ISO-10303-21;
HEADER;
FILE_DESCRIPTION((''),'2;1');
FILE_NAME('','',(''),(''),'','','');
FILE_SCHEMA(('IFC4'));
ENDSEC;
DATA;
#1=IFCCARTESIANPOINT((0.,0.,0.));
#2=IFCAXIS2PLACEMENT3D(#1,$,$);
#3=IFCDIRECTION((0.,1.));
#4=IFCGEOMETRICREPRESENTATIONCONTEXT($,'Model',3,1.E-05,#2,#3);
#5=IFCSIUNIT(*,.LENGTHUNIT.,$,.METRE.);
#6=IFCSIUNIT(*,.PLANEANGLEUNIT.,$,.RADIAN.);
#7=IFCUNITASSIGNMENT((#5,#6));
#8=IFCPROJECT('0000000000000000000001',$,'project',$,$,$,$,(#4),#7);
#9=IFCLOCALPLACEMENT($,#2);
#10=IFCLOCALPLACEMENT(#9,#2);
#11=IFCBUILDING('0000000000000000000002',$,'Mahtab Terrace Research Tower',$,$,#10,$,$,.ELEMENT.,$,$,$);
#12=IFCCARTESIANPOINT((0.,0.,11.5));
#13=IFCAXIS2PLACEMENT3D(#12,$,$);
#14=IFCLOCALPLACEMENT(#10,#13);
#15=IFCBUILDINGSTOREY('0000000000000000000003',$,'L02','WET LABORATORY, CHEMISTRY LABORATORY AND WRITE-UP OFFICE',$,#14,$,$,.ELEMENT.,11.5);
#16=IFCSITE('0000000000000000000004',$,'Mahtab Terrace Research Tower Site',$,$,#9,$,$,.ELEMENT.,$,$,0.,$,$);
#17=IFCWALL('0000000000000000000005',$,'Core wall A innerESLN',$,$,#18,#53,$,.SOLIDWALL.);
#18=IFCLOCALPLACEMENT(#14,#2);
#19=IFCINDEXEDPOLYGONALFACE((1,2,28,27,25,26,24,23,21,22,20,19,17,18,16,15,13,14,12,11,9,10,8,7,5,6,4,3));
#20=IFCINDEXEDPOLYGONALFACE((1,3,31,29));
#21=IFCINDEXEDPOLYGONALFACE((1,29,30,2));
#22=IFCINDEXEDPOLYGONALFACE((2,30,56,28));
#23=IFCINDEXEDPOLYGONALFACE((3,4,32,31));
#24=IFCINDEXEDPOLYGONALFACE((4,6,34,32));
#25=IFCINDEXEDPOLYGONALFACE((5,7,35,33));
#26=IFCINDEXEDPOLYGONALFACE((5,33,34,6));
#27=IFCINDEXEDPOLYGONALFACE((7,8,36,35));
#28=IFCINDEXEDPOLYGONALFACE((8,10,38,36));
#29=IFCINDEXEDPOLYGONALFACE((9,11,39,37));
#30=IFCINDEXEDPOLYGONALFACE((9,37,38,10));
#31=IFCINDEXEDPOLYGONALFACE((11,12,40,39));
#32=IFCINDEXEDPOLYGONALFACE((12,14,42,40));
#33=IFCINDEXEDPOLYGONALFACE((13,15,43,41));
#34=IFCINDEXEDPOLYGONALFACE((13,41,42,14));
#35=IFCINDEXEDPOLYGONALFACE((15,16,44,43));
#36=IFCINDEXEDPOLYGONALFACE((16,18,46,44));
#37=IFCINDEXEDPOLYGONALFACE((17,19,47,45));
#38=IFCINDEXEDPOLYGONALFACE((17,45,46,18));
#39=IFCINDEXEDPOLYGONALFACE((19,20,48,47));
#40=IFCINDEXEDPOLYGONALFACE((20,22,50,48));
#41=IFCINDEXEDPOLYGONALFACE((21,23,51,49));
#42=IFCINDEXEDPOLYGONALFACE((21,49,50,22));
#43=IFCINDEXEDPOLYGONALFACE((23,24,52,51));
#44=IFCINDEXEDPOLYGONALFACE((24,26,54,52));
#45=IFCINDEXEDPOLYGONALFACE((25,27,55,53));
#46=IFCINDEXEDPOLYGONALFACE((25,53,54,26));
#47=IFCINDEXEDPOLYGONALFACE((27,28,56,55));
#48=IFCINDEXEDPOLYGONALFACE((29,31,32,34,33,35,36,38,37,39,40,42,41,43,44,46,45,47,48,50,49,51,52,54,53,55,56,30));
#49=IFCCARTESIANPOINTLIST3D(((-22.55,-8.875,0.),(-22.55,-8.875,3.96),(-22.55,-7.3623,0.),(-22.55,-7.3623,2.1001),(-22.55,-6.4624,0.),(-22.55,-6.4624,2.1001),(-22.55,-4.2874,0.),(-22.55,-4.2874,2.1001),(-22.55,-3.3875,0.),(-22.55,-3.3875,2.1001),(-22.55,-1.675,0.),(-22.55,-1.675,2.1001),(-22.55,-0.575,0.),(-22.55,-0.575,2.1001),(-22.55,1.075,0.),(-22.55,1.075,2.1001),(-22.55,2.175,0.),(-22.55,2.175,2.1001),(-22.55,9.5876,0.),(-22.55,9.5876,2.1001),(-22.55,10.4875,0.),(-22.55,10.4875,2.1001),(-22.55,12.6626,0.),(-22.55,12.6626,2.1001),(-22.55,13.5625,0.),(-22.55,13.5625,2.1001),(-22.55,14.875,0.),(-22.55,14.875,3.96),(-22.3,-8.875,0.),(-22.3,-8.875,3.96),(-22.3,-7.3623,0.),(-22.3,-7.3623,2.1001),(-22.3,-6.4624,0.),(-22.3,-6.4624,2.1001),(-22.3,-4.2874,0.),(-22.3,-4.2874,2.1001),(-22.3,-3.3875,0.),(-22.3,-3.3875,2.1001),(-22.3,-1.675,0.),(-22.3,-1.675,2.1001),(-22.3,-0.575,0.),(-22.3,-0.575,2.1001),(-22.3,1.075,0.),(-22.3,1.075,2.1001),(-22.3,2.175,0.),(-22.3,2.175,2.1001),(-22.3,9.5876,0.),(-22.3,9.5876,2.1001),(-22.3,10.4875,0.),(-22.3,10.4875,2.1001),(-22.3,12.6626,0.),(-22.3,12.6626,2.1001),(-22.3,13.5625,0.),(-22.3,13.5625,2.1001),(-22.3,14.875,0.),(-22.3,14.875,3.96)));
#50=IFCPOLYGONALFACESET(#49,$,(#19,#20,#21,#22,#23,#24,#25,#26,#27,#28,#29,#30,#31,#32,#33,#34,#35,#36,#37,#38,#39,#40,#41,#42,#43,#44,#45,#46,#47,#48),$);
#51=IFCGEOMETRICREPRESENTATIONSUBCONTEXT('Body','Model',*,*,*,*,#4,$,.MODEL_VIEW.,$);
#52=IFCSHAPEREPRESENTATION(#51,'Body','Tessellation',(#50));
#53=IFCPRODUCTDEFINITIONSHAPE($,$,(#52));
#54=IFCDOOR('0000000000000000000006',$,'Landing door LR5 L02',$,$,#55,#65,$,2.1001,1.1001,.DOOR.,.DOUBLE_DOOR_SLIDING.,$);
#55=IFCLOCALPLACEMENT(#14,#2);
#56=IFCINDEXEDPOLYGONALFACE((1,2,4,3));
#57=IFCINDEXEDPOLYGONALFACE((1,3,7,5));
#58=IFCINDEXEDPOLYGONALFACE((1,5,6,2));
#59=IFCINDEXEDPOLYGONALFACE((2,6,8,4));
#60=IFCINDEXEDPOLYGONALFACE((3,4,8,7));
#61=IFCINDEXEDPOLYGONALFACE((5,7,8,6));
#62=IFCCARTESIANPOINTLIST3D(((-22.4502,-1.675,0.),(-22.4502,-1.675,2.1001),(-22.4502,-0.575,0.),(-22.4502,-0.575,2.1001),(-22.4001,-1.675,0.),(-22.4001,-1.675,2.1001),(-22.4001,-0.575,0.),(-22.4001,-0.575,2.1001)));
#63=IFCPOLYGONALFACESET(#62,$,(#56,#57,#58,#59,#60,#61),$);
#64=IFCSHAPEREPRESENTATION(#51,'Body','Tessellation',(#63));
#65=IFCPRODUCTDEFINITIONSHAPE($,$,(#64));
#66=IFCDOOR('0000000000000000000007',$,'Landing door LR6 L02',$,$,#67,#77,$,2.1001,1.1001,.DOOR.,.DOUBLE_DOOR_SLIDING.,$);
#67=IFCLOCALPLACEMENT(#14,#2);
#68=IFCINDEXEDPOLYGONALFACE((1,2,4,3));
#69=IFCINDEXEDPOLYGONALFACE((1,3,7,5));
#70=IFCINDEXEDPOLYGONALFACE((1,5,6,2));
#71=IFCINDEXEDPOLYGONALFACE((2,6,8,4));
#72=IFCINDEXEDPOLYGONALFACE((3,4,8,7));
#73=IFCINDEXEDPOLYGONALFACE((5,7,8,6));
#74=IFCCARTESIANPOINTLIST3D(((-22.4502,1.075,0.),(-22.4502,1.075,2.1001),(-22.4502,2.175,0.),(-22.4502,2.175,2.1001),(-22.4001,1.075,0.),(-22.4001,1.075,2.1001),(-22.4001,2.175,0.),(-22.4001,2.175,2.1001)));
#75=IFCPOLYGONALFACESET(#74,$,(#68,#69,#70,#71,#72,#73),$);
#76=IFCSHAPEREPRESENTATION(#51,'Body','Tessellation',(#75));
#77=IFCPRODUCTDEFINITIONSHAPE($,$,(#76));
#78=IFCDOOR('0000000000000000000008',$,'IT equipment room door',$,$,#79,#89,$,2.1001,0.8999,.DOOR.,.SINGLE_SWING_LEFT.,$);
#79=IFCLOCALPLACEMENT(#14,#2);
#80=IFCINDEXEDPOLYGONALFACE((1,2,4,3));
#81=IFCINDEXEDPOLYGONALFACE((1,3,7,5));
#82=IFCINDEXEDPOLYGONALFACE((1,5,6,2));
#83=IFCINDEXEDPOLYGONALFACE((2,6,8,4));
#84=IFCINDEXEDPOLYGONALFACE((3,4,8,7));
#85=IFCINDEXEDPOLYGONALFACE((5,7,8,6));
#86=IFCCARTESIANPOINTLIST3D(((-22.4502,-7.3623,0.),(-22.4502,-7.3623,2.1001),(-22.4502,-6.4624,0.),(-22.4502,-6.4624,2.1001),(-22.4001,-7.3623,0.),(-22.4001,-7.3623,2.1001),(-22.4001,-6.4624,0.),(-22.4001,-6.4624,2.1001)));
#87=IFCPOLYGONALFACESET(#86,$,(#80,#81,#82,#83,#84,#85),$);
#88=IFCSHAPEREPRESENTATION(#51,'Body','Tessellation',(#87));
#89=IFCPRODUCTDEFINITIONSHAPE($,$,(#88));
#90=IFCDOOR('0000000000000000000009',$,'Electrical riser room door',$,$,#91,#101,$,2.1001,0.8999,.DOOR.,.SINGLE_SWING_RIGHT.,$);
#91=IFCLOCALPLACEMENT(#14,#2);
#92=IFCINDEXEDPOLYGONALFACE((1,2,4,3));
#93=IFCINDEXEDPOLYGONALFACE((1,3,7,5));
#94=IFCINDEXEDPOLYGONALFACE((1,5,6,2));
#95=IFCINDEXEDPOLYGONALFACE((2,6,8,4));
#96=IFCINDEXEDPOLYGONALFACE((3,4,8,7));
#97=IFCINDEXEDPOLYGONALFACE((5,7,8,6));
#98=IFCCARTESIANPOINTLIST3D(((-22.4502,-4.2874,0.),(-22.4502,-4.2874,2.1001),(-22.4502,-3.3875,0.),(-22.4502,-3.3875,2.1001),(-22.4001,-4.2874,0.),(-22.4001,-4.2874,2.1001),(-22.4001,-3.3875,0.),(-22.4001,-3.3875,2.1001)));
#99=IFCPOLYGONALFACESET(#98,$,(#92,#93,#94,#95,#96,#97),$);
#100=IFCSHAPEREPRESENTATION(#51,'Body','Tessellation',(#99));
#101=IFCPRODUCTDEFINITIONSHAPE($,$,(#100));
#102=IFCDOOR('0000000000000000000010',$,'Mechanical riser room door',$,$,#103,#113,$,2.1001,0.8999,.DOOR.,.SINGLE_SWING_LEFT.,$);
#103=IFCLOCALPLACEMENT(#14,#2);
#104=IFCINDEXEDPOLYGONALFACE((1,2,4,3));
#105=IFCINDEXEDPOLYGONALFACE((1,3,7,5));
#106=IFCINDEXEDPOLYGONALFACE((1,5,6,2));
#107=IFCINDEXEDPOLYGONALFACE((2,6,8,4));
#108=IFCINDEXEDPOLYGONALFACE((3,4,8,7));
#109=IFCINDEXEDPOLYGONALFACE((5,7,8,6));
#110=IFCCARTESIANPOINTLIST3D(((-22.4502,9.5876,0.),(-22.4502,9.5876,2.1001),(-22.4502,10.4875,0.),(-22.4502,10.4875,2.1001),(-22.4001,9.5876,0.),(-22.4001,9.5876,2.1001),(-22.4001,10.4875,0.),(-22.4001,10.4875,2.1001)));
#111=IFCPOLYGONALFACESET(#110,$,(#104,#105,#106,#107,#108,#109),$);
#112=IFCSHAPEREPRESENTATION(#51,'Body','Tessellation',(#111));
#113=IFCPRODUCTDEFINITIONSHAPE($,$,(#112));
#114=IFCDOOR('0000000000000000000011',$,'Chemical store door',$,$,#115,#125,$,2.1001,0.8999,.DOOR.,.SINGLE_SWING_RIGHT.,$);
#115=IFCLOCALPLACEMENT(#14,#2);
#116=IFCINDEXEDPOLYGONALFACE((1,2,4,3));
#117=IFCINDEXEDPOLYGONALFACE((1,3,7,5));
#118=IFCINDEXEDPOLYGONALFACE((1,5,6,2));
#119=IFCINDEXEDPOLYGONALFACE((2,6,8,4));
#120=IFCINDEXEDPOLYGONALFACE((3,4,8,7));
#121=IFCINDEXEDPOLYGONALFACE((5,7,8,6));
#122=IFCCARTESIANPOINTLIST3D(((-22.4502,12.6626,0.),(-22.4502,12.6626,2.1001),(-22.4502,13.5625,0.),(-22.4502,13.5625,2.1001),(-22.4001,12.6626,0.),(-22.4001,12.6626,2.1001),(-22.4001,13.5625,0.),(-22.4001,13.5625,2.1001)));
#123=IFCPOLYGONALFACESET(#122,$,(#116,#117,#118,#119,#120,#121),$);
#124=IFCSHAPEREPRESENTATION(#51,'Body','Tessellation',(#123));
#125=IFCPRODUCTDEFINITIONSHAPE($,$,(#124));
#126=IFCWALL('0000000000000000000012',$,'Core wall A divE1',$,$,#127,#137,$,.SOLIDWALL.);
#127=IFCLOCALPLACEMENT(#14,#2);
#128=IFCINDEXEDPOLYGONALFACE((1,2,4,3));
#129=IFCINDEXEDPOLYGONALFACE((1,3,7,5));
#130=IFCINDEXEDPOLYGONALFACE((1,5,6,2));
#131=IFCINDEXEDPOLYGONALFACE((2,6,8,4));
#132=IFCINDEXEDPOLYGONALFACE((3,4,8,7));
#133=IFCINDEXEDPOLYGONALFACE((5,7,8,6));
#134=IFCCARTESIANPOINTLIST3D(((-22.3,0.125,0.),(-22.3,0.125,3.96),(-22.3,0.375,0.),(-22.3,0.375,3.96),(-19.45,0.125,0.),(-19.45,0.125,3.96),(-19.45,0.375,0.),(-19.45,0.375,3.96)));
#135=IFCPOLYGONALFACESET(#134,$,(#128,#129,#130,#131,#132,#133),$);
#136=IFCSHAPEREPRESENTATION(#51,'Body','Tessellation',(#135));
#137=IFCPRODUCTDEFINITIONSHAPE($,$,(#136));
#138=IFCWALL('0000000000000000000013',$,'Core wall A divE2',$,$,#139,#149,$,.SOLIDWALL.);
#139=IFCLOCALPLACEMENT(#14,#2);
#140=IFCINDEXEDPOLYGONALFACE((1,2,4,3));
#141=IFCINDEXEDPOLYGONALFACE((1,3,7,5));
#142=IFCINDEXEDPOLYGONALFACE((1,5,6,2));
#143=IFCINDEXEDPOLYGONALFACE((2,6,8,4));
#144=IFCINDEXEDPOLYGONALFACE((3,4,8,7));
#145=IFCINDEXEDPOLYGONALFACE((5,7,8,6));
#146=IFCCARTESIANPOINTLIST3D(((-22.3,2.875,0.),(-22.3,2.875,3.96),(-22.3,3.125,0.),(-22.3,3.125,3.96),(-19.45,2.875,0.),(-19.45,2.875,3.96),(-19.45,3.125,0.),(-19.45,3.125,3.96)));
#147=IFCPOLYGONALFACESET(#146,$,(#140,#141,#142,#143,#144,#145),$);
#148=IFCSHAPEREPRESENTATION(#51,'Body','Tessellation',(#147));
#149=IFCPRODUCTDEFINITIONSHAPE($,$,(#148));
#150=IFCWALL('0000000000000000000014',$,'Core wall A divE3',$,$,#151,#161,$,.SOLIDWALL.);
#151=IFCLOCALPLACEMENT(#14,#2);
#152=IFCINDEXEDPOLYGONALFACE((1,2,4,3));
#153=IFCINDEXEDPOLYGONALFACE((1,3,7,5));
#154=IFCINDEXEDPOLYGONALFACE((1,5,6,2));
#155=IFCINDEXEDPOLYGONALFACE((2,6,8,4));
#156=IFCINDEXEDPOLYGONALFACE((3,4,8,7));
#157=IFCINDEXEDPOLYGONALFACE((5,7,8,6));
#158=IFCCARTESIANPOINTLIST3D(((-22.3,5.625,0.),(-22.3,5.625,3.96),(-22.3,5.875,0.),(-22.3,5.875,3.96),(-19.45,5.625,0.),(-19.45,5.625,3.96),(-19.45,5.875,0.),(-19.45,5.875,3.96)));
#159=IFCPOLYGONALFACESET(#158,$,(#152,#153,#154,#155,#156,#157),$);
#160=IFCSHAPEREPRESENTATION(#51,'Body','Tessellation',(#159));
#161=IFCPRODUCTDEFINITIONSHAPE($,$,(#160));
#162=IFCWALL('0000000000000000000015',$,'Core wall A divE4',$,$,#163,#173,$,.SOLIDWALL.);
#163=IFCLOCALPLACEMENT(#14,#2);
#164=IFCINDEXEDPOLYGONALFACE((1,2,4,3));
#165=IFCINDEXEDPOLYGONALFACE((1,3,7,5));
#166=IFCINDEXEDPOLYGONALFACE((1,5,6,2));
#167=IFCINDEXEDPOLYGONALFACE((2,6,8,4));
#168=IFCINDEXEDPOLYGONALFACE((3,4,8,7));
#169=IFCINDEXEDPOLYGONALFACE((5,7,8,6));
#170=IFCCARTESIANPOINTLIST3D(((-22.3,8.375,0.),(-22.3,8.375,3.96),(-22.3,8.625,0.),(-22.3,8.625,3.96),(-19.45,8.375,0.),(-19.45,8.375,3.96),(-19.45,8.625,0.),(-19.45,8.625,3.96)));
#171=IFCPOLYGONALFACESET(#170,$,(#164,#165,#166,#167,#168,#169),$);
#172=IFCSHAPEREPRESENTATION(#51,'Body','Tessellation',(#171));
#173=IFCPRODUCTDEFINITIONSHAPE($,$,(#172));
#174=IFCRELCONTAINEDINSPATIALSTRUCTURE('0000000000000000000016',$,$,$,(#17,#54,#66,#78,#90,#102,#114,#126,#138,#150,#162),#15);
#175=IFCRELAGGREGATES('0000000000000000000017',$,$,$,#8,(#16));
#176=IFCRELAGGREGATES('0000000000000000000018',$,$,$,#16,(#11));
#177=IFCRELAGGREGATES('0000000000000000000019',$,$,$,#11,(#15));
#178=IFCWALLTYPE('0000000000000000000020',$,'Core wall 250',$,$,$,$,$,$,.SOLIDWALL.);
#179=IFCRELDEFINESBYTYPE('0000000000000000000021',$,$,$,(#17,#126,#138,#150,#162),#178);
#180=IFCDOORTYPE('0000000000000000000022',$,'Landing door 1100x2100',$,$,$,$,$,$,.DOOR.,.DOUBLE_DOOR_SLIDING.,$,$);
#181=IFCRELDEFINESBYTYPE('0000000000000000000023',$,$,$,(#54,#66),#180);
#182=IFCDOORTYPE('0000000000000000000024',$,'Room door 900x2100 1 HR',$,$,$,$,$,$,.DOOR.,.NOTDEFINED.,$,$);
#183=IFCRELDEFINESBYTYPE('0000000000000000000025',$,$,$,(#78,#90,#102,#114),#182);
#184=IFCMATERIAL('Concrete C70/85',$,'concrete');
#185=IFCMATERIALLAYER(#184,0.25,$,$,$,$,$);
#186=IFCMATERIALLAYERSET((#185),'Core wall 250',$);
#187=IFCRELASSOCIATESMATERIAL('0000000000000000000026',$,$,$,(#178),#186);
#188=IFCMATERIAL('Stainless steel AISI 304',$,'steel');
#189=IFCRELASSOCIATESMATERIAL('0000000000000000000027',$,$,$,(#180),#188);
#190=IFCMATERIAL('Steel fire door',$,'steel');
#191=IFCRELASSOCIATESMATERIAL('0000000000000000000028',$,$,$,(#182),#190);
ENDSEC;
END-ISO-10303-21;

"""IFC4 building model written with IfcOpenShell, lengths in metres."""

from ifc_helpers import new_model, si_unit, direction, frame, frame_2d, origin, place, context, subcontext, project, spatial, rectangle, extrude, material, layer, layer_set, type_object, element, fill, save


model = new_model("IFC4")

# Units and contexts
model_context = context("Model", 3, precision=1e-05, world=origin(), true_north=direction((0.0, 1.0)))
body_context = subcontext(model_context, "Body", "Model", "MODEL_VIEW")
ifc_project = project(units=[si_unit("LENGTHUNIT", "METRE"), si_unit("PLANEANGLEUNIT", "RADIAN")], contexts=[model_context])

# Site, building, storey
site_placement = place(None, origin())
site = spatial("IfcSite", under=ifc_project, at=site_placement, Name="Mahtab Terrace Research Tower Site", CompositionType="ELEMENT", RefElevation=0.0)
building_placement = place(site_placement, origin())
building = spatial("IfcBuilding", under=site, at=building_placement, Name="Mahtab Terrace Research Tower", CompositionType="ELEMENT")
storey_placement = place(building_placement, frame((0.0, 0.0, 11.5)))
storey = spatial("IfcBuildingStorey", under=building, at=storey_placement, Name="L02", Description="WET LABORATORY, CHEMISTRY LABORATORY AND WRITE-UP OFFICE", CompositionType="ELEMENT", Elevation=11.5)

# Shared definitions
ifc_material_1 = material(Name="Concrete C70/85", Category="concrete")

# Shared definitions
ifc_layer_1 = layer(ifc_material_1, 0.25)
ifc_layer_set_1 = layer_set([ifc_layer_1], Name="Core wall 250")
wall_type_1 = type_object("IfcWallType", Name="Core wall 250", PredefinedType="SOLIDWALL", material=ifc_layer_set_1)
ifc_material_2 = material(Name="Steel fire door", Category="steel")

# Wall, openings, doors
wall_1_placement = place(storey_placement, frame((-22.425, 14.875, 0.0), z_axis=(0.0, 0.0, 1.0), x_axis=(0.0, -1.0, 0.0)))
wall_1 = element("IfcWall", 1, at=wall_1_placement, inside=storey, type_object=wall_type_1, Name="Core wall A innerESLN", PredefinedType="SOLIDWALL", context=body_context, shape_type="SweptSolid", body=[
    extrude(rectangle(XDim=23.75, YDim=0.25, at=frame_2d((11.875, 0.0))), origin(), (0.0, 0.0, 1.0), 3.96),
])
opening_1_placement = place(wall_1_placement, frame((15.45, 0.0, 0.0)))
opening_1 = element("IfcOpeningElement", 2, at=opening_1_placement, cuts=wall_1, PredefinedType="OPENING", context=body_context, shape_type="SweptSolid", body=[
    extrude(rectangle(XDim=1.1001, YDim=2.1001, at=frame_2d((0.55, 1.05))), frame((0.0, 0.135, 0.0), z_axis=(0.0, -1.0, 0.0), x_axis=(1.0, 0.0, 0.0)), (0.0, 0.0, 1.0), 0.27),
])
opening_2_placement = place(wall_1_placement, frame((12.7, 0.0, 0.0)))
opening_2 = element("IfcOpeningElement", 3, at=opening_2_placement, cuts=wall_1, PredefinedType="OPENING", context=body_context, shape_type="SweptSolid", body=[
    extrude(rectangle(XDim=1.1001, YDim=2.1001, at=frame_2d((0.55, 1.05))), frame((0.0, 0.135, 0.0), z_axis=(0.0, -1.0, 0.0), x_axis=(1.0, 0.0, 0.0)), (0.0, 0.0, 1.0), 0.27),
])
opening_3_placement = place(wall_1_placement, frame((21.3374, 0.0, 0.0)))
opening_3 = element("IfcOpeningElement", 4, at=opening_3_placement, cuts=wall_1, PredefinedType="OPENING", context=body_context, shape_type="SweptSolid", body=[
    extrude(rectangle(XDim=0.8999, YDim=2.1001, at=frame_2d((0.45, 1.05))), frame((0.0, 0.135, 0.0), z_axis=(0.0, -1.0, 0.0), x_axis=(1.0, 0.0, 0.0)), (0.0, 0.0, 1.0), 0.27),
])
opening_4_placement = place(wall_1_placement, frame((18.2625, 0.0, 0.0)))
opening_4 = element("IfcOpeningElement", 5, at=opening_4_placement, cuts=wall_1, PredefinedType="OPENING", context=body_context, shape_type="SweptSolid", body=[
    extrude(rectangle(XDim=0.8999, YDim=2.1001, at=frame_2d((0.45, 1.05))), frame((0.0, 0.135, 0.0), z_axis=(0.0, -1.0, 0.0), x_axis=(1.0, 0.0, 0.0)), (0.0, 0.0, 1.0), 0.27),
])
opening_5_placement = place(wall_1_placement, frame((4.3875, 0.0, 0.0)))
opening_5 = element("IfcOpeningElement", 6, at=opening_5_placement, cuts=wall_1, PredefinedType="OPENING", context=body_context, shape_type="SweptSolid", body=[
    extrude(rectangle(XDim=0.8999, YDim=2.1001, at=frame_2d((0.45, 1.05))), frame((0.0, 0.135, 0.0), z_axis=(0.0, -1.0, 0.0), x_axis=(1.0, 0.0, 0.0)), (0.0, 0.0, 1.0), 0.27),
])
opening_6_placement = place(wall_1_placement, frame((1.3125, 0.0, 0.0)))
opening_6 = element("IfcOpeningElement", 7, at=opening_6_placement, cuts=wall_1, PredefinedType="OPENING", context=body_context, shape_type="SweptSolid", body=[
    extrude(rectangle(XDim=0.8999, YDim=2.1001, at=frame_2d((0.45, 1.05))), frame((0.0, 0.135, 0.0), z_axis=(0.0, -1.0, 0.0), x_axis=(1.0, 0.0, 0.0)), (0.0, 0.0, 1.0), 0.27),
])
ifc_material_3 = material(Name="Stainless steel AISI 304", Category="steel")
door_type_1 = type_object("IfcDoorType", Name="Landing door 1100x2100", OperationType="DOUBLE_DOOR_SLIDING", PredefinedType="DOOR", material=ifc_material_3)
door_1_placement = place(opening_1_placement, origin())
door_1 = element("IfcDoor", 8, at=door_1_placement, inside=storey, type_object=door_type_1, Name="Landing door LR5 L02", OperationType="DOUBLE_DOOR_SLIDING", OverallHeight=2.1001, OverallWidth=1.1001, PredefinedType="DOOR", context=body_context, shape_type="SweptSolid", body=[
    extrude(rectangle(XDim=1.1001, YDim=2.1001, at=frame_2d((0.55, 1.05))), frame((0.0, 0.0249, 0.0), z_axis=(0.0, -1.0, 0.0), x_axis=(1.0, 0.0, 0.0)), (0.0, 0.0, 1.0), 0.05),
])
fill(opening_1, door_1)
door_2_placement = place(opening_2_placement, origin())
door_2 = element("IfcDoor", 9, at=door_2_placement, inside=storey, type_object=door_type_1, Name="Landing door LR6 L02", OperationType="DOUBLE_DOOR_SLIDING", OverallHeight=2.1001, OverallWidth=1.1001, PredefinedType="DOOR", context=body_context, shape_type="SweptSolid", body=[
    extrude(rectangle(XDim=1.1001, YDim=2.1001, at=frame_2d((0.55, 1.05))), frame((0.0, 0.0249, 0.0), z_axis=(0.0, -1.0, 0.0), x_axis=(1.0, 0.0, 0.0)), (0.0, 0.0, 1.0), 0.05),
])
fill(opening_2, door_2)
door_type_2 = type_object("IfcDoorType", Name="Room door 900x2100 1 HR", OperationType="NOTDEFINED", PredefinedType="DOOR", material=ifc_material_2)
door_3_placement = place(opening_3_placement, origin())
door_3 = element("IfcDoor", 10, at=door_3_placement, inside=storey, type_object=door_type_2, Name="IT equipment room door", OperationType="SINGLE_SWING_LEFT", OverallHeight=2.1001, OverallWidth=0.8999, PredefinedType="DOOR", context=body_context, shape_type="SweptSolid", body=[
    extrude(rectangle(XDim=0.8999, YDim=2.1001, at=frame_2d((0.45, 1.05))), frame((0.0, 0.0249, 0.0), z_axis=(0.0, -1.0, 0.0), x_axis=(1.0, 0.0, 0.0)), (0.0, 0.0, 1.0), 0.05),
])
fill(opening_3, door_3)
door_4_placement = place(opening_4_placement, origin())
door_4 = element("IfcDoor", 11, at=door_4_placement, inside=storey, type_object=door_type_2, Name="Electrical riser room door", OperationType="SINGLE_SWING_RIGHT", OverallHeight=2.1001, OverallWidth=0.8999, PredefinedType="DOOR", context=body_context, shape_type="SweptSolid", body=[
    extrude(rectangle(XDim=0.8999, YDim=2.1001, at=frame_2d((0.45, 1.05))), frame((0.0, 0.0249, 0.0), z_axis=(0.0, -1.0, 0.0), x_axis=(1.0, 0.0, 0.0)), (0.0, 0.0, 1.0), 0.05),
])
fill(opening_4, door_4)
door_5_placement = place(opening_5_placement, origin())
door_5 = element("IfcDoor", 12, at=door_5_placement, inside=storey, type_object=door_type_2, Name="Mechanical riser room door", OperationType="SINGLE_SWING_LEFT", OverallHeight=2.1001, OverallWidth=0.8999, PredefinedType="DOOR", context=body_context, shape_type="SweptSolid", body=[
    extrude(rectangle(XDim=0.8999, YDim=2.1001, at=frame_2d((0.45, 1.05))), frame((0.0, 0.0249, 0.0), z_axis=(0.0, -1.0, 0.0), x_axis=(1.0, 0.0, 0.0)), (0.0, 0.0, 1.0), 0.05),
])
fill(opening_5, door_5)
door_6_placement = place(opening_6_placement, origin())
door_6 = element("IfcDoor", 13, at=door_6_placement, inside=storey, type_object=door_type_2, Name="Chemical store door", OperationType="SINGLE_SWING_RIGHT", OverallHeight=2.1001, OverallWidth=0.8999, PredefinedType="DOOR", context=body_context, shape_type="SweptSolid", body=[
    extrude(rectangle(XDim=0.8999, YDim=2.1001, at=frame_2d((0.45, 1.05))), frame((0.0, 0.0249, 0.0), z_axis=(0.0, -1.0, 0.0), x_axis=(1.0, 0.0, 0.0)), (0.0, 0.0, 1.0), 0.05),
])
fill(opening_6, door_6)

# Walls
for number, where, z_axis, x_axis, name in (
    (14, (-22.3, 0.25, 0.0), (0.0, 0.0, 1.0), (1.0, 0.0, 0.0), "Core wall A divE1"),
    (15, (-22.3, 3.0, 0.0), (0.0, 0.0, 1.0), (1.0, 0.0, 0.0), "Core wall A divE2"),
    (16, (-22.3, 5.75, 0.0), (0.0, 0.0, 1.0), (1.0, 0.0, 0.0), "Core wall A divE3"),
    (17, (-22.3, 8.5, 0.0), (0.0, 0.0, 1.0), (1.0, 0.0, 0.0), "Core wall A divE4"),
):
    element("IfcWall", number, at=place(storey_placement, frame(where, z_axis=z_axis, x_axis=x_axis)), inside=storey, type_object=wall_type_1, Name=name, PredefinedType="SOLIDWALL", context=body_context, shape_type="SweptSolid", body=[
        extrude(rectangle(XDim=2.8501, YDim=0.25, at=frame_2d((1.425, 0.0))), origin(), (0.0, 0.0, 1.0), 3.96),
    ])

save(model, "model.ifc")
